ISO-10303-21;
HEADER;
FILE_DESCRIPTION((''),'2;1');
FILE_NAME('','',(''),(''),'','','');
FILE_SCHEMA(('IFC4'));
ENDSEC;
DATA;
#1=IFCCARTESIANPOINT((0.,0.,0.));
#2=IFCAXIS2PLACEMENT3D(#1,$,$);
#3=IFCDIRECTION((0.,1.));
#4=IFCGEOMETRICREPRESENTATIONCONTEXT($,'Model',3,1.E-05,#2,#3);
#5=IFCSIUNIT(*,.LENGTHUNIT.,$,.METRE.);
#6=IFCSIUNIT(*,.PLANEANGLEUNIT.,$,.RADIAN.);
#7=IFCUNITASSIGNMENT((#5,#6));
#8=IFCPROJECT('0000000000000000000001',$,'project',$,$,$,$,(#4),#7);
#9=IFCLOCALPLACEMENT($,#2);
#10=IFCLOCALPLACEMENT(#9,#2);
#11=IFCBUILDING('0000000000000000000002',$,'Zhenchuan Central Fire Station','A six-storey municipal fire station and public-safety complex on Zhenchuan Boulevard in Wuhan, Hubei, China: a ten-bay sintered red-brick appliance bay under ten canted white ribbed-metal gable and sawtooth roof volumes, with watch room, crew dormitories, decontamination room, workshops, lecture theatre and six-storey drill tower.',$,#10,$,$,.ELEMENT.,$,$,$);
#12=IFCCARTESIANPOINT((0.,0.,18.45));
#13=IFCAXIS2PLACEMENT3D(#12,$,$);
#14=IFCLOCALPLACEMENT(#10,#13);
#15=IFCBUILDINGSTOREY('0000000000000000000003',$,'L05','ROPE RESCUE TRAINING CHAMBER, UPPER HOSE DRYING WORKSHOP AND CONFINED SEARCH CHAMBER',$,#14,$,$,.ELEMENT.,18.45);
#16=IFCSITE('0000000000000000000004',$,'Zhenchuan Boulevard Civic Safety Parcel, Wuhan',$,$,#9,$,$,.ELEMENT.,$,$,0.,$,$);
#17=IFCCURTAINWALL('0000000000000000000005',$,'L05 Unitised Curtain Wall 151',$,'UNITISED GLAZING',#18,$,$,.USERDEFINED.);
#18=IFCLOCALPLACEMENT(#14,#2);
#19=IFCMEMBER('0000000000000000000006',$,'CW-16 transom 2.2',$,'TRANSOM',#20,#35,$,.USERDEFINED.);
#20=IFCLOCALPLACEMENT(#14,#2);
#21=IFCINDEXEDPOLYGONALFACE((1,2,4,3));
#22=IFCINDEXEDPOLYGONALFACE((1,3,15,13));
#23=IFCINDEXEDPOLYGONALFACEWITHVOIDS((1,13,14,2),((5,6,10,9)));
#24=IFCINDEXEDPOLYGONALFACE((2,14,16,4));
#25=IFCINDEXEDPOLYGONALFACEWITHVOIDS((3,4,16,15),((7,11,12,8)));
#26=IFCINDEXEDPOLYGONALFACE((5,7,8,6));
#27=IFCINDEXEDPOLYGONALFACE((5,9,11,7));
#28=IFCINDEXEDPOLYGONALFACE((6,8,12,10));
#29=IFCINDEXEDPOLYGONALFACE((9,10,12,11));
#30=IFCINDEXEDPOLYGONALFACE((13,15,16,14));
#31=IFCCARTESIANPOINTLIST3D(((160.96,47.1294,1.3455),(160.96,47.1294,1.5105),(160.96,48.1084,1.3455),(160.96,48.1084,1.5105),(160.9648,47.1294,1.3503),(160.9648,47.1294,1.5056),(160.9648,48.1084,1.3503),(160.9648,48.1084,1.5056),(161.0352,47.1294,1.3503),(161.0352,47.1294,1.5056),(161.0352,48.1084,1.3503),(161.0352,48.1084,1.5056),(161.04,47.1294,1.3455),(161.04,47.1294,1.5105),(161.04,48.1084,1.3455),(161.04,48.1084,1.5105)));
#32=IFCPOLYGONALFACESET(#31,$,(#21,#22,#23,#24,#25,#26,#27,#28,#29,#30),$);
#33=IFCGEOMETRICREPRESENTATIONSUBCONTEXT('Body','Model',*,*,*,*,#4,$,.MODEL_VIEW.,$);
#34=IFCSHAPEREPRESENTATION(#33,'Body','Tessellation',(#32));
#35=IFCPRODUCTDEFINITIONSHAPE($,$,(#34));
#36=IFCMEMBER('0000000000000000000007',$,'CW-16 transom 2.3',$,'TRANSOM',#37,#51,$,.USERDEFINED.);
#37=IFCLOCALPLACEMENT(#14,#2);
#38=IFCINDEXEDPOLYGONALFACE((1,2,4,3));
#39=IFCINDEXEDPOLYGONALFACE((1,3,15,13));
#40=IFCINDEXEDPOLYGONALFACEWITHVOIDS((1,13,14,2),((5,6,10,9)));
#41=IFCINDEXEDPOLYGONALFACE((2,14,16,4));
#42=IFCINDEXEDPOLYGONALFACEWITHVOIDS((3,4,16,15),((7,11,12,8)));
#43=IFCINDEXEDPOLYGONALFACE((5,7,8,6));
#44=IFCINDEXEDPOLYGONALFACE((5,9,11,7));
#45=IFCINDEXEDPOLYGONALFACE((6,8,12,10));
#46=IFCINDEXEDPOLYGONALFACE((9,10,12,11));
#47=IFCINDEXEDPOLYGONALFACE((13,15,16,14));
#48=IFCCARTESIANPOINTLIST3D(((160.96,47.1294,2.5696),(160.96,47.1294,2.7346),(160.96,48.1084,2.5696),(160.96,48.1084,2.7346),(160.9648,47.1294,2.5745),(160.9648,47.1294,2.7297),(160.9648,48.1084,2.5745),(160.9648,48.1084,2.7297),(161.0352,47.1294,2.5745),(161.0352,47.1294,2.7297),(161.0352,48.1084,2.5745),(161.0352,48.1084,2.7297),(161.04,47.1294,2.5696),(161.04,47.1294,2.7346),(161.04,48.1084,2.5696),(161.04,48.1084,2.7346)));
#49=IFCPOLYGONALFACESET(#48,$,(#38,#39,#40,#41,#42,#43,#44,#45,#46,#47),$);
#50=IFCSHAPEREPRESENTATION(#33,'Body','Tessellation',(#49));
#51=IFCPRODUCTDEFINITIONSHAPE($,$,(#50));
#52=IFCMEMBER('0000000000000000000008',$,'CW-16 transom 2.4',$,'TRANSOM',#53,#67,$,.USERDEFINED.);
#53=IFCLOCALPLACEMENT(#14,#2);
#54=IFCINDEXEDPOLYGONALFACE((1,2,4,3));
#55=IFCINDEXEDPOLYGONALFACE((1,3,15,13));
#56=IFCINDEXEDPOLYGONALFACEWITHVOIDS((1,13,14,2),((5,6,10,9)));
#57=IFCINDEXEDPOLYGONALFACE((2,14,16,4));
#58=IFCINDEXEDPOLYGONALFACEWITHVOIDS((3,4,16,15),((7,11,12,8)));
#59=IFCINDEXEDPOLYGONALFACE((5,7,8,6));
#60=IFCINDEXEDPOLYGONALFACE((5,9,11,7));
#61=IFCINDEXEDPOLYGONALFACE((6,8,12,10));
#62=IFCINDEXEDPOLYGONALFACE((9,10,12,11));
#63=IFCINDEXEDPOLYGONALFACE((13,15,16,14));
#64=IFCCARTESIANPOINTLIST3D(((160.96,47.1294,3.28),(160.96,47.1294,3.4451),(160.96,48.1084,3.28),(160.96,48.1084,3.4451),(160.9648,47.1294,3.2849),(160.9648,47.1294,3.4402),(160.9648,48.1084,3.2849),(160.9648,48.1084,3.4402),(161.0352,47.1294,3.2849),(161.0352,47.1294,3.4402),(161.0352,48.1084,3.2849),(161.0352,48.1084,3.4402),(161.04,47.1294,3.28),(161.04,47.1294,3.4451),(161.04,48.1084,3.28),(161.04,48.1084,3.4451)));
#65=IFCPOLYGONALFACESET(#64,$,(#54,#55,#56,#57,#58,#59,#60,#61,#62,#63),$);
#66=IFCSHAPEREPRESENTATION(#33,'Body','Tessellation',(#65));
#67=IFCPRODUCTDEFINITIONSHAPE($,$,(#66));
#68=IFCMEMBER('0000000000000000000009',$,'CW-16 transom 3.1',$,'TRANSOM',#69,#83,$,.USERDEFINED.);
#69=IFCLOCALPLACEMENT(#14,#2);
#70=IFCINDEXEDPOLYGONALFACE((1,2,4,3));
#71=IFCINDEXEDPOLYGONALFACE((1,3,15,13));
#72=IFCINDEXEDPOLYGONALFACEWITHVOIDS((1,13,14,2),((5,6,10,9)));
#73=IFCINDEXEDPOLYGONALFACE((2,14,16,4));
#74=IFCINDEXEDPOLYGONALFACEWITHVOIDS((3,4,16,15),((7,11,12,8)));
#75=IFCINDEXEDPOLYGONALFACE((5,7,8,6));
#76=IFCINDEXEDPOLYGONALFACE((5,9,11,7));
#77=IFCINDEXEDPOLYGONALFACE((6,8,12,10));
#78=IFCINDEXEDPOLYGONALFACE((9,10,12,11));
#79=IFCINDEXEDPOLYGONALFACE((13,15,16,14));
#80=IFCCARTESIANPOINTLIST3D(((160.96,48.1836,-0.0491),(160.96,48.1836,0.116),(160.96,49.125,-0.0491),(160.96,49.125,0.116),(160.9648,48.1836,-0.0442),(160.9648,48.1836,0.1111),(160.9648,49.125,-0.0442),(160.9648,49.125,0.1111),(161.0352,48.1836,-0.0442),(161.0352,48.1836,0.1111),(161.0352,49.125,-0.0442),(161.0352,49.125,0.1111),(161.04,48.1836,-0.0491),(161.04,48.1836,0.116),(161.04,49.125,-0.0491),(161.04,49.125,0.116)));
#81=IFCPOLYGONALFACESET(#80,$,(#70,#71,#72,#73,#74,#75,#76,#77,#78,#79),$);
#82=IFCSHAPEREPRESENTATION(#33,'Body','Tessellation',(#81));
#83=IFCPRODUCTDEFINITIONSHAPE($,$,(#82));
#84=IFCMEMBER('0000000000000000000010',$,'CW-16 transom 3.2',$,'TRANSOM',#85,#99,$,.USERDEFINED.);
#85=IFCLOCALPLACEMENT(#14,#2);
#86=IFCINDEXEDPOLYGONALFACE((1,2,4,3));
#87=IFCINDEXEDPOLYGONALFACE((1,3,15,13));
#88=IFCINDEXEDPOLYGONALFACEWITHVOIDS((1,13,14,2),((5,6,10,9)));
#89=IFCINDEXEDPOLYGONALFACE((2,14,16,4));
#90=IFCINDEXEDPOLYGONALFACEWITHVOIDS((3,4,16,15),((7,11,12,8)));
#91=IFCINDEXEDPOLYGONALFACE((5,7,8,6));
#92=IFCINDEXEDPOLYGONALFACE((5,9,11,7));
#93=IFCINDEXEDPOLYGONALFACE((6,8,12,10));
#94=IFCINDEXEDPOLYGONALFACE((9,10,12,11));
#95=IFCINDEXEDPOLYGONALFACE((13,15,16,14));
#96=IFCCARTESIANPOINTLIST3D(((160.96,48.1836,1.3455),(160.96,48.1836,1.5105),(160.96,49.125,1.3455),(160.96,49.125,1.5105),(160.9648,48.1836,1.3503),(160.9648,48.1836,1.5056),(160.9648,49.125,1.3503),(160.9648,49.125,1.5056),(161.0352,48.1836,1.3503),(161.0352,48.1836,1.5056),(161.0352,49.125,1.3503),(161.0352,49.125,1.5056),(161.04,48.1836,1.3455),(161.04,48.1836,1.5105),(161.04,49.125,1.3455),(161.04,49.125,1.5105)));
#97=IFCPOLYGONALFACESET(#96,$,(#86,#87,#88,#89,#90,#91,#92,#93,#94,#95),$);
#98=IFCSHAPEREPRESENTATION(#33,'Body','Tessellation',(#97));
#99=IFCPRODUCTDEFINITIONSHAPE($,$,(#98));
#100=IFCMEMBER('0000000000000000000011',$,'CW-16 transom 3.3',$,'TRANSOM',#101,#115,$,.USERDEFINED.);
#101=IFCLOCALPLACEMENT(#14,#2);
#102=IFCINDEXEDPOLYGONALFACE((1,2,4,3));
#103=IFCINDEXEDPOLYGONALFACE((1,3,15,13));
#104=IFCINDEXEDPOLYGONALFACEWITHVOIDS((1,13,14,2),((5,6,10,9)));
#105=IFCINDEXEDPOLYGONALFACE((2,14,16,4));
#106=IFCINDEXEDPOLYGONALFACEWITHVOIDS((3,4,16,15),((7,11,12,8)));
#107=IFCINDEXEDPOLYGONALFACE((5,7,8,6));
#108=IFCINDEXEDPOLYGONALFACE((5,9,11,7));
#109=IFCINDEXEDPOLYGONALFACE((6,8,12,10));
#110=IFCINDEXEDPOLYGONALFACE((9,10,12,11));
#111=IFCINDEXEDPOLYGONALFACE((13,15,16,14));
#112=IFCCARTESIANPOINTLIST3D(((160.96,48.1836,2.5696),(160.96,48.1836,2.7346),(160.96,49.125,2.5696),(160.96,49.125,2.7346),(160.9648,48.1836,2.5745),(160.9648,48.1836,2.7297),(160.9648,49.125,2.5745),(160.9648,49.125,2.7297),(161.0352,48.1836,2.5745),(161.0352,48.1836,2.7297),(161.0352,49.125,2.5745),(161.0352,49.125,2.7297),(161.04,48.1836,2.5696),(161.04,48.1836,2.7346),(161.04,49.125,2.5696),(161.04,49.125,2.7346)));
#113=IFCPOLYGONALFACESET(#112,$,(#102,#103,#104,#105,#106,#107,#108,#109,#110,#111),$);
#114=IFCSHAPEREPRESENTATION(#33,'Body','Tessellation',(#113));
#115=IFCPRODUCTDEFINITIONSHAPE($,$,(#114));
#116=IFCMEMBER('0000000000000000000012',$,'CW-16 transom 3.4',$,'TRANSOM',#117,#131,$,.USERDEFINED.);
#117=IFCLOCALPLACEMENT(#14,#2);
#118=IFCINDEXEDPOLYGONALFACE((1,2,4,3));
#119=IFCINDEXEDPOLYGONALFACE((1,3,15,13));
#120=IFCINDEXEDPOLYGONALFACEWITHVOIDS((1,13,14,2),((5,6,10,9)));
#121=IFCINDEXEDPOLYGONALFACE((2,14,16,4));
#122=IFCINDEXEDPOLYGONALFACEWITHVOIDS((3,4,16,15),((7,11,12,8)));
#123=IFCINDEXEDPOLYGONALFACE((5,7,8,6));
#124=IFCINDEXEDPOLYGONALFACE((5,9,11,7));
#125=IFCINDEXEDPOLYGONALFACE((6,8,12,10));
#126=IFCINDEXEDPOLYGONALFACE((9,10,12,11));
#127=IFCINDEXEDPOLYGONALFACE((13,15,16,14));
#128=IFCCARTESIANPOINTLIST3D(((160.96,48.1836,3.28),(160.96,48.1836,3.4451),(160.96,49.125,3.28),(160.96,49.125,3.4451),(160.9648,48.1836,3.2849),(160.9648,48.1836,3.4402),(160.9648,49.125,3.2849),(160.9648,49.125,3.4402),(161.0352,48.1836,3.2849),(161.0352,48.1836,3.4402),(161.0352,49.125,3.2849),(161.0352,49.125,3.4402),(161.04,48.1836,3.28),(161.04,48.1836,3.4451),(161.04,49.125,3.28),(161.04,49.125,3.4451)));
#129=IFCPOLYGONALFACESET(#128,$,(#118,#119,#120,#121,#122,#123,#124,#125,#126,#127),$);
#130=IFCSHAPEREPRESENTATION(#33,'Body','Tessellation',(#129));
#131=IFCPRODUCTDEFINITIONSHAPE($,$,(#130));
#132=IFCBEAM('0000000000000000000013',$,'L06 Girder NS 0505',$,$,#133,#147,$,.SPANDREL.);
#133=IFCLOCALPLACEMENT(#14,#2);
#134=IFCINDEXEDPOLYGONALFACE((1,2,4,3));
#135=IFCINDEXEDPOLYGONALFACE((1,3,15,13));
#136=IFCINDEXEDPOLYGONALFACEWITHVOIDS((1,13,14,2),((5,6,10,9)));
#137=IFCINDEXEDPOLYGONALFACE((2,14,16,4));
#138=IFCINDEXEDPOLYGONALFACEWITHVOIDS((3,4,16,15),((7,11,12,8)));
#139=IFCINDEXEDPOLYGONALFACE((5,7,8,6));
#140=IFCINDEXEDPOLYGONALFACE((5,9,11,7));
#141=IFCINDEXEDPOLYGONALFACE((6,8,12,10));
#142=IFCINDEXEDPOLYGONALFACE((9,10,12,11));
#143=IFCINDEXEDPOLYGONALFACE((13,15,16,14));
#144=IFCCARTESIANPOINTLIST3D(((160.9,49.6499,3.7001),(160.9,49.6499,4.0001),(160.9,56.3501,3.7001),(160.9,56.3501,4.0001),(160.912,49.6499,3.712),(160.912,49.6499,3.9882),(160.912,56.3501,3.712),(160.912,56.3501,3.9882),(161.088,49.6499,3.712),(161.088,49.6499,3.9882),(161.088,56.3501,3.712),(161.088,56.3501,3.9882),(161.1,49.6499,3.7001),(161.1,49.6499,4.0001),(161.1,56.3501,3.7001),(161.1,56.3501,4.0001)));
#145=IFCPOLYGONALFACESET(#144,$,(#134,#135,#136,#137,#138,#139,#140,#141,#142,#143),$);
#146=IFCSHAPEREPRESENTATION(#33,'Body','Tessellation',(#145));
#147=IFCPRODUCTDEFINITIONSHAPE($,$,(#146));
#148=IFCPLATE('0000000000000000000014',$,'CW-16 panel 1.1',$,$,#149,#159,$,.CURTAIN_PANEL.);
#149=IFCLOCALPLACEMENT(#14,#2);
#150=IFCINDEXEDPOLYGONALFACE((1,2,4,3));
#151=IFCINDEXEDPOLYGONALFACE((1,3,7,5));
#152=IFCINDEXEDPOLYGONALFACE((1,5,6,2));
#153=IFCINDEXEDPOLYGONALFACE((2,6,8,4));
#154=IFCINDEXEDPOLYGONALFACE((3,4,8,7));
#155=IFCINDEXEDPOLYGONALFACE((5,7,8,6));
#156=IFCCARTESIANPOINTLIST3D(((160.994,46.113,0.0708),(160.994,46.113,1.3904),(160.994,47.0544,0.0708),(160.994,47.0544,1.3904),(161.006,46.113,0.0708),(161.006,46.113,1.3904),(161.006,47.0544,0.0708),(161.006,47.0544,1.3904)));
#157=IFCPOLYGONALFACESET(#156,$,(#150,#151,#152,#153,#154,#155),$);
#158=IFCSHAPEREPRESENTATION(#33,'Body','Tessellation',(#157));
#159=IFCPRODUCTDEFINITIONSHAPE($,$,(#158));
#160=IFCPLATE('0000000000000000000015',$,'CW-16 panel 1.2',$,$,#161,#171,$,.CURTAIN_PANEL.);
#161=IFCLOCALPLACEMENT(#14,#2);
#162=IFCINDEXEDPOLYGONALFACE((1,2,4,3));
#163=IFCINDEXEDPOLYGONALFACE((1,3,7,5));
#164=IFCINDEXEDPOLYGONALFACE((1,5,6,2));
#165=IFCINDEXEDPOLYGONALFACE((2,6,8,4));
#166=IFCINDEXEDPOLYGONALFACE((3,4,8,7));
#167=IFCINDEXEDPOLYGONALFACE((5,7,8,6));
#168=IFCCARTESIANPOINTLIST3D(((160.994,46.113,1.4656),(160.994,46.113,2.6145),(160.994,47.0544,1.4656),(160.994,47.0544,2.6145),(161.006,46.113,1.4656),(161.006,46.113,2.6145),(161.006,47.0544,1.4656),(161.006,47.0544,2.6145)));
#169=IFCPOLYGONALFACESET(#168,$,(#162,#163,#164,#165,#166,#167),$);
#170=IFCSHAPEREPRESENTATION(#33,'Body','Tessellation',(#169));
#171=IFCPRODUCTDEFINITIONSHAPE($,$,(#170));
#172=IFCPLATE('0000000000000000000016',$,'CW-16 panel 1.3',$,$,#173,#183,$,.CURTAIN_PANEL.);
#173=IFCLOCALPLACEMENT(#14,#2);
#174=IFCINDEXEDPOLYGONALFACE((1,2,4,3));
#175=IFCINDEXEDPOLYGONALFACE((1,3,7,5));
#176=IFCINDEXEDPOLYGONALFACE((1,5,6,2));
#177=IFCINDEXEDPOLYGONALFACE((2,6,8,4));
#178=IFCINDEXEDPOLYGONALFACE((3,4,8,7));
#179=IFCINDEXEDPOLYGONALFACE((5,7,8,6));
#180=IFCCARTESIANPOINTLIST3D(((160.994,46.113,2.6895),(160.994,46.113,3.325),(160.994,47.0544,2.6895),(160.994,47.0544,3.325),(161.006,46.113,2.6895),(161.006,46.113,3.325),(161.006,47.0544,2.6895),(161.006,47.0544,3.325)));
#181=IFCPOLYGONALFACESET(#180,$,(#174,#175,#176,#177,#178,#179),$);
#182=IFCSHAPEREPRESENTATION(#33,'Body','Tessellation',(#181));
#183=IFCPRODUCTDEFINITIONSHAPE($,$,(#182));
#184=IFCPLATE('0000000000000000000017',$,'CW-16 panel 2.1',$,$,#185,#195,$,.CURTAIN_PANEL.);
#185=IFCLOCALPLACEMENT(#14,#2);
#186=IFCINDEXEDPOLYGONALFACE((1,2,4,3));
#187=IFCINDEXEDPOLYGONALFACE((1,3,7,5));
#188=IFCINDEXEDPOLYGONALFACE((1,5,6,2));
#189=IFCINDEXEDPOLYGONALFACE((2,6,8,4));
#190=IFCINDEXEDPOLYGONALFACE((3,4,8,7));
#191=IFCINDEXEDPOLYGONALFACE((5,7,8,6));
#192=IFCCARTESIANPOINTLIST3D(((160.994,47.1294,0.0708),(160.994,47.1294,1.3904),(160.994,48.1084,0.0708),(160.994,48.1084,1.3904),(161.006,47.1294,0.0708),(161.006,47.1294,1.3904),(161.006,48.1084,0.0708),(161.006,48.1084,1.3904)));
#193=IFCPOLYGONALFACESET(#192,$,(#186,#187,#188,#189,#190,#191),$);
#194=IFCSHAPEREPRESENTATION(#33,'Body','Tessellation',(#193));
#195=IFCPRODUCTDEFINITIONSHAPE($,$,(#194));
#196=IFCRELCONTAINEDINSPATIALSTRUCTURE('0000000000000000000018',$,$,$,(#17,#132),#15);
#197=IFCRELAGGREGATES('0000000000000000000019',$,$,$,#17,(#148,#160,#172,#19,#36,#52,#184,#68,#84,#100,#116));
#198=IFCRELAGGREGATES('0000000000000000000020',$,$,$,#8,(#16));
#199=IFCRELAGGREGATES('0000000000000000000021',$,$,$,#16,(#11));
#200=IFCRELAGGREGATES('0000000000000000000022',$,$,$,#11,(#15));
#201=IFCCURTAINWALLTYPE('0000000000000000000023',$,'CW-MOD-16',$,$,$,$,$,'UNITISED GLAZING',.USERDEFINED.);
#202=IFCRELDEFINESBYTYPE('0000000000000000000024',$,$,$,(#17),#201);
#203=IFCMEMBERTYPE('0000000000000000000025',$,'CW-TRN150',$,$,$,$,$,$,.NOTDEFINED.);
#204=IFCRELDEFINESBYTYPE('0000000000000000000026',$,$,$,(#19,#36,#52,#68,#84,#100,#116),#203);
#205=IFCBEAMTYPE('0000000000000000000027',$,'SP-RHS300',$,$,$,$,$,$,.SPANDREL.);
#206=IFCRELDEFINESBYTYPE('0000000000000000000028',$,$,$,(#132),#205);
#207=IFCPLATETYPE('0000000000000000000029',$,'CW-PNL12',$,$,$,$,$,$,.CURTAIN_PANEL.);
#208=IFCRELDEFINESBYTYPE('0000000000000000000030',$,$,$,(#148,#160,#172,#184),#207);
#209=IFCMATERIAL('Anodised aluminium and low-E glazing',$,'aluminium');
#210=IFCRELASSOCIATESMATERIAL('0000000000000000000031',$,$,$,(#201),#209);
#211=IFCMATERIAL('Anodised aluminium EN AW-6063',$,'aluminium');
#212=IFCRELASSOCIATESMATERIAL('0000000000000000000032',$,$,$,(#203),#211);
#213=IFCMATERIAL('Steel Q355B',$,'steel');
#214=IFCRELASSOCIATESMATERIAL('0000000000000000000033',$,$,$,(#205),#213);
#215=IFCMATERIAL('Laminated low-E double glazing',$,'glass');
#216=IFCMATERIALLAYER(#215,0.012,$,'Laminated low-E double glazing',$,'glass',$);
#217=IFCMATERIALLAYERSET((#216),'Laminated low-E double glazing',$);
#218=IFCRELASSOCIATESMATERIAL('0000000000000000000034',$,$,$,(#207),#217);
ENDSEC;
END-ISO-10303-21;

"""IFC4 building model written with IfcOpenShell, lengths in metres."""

from ifc_helpers import new_model, si_unit, direction, frame, origin, origin_2d, place, context, subcontext, project, spatial, rectangle, hollow_rectangle, extrude, material, layer, layer_set, material_profile, profile_set, type_object, element, aggregate, save


model = new_model("IFC4")

# Units and contexts
model_context = context("Model", 3, precision=1e-05, world=origin(), true_north=direction((0.0, 1.0)))
body_context = subcontext(model_context, "Body", "Model", "MODEL_VIEW")
ifc_project = project(units=[si_unit("LENGTHUNIT", "METRE"), si_unit("PLANEANGLEUNIT", "RADIAN")], contexts=[model_context])

# Site, building, storey
site_placement = place(None, origin())
site = spatial("IfcSite", under=ifc_project, at=site_placement, Name="Zhenchuan Boulevard Civic Safety Parcel, Wuhan", CompositionType="ELEMENT", RefElevation=0.0)
building_placement = place(site_placement, origin())
building = spatial("IfcBuilding", under=site, at=building_placement, Name="Zhenchuan Central Fire Station", Description="A six-storey municipal fire station and public-safety complex on Zhenchuan Boulevard in Wuhan, Hubei, China: a ten-bay sintered red-brick appliance bay under ten canted white ribbed-metal gable and sawtooth roof volumes, with watch room, crew dormitories, decontamination room, workshops, lecture theatre and six-storey drill tower.", CompositionType="ELEMENT")
storey_placement = place(building_placement, frame((0.0, 0.0, 18.45)))
storey = spatial("IfcBuildingStorey", under=building, at=storey_placement, Name="L05", Description="ROPE RESCUE TRAINING CHAMBER, UPPER HOSE DRYING WORKSHOP AND CONFINED SEARCH CHAMBER", CompositionType="ELEMENT", Elevation=18.45)

# Shared definitions
ifc_material_1 = material(Name="Steel Q355B", Category="steel")

# Curtain wall, members
ifc_material_2 = material(Name="Anodised aluminium and low-E glazing", Category="aluminium")
curtain_wall_type = type_object("IfcCurtainWallType", Name="CW-MOD-16", ElementType="UNITISED GLAZING", PredefinedType="USERDEFINED", material=ifc_material_2)
curtain_wall_placement = place(storey_placement, origin())
curtain_wall = element("IfcCurtainWall", 1, at=curtain_wall_placement, inside=storey, type_object=curtain_wall_type, Name="L05 Unitised Curtain Wall 151", ObjectType="UNITISED GLAZING", PredefinedType="USERDEFINED")
ifc_material_3 = material(Name="Anodised aluminium EN AW-6063", Category="aluminium")
ifc_material_profile_1 = material_profile(ifc_material_3, hollow_rectangle(XDim=0.0801, YDim=0.165, WallThickness=0.0049, at=origin_2d()), Name="ALU-T 165x80")
ifc_profile_set_1 = profile_set([ifc_material_profile_1], Name="Anodised aluminium EN AW-6063")
member_type_1 = type_object("IfcMemberType", Name="CW-TRN150", PredefinedType="NOTDEFINED", material=ifc_profile_set_1)
member_1_placement = place(storey_placement, frame((161.0, 47.1294, 1.428), z_axis=(0.0, 1.0, 0.0), x_axis=(-1.0, 0.0, 0.0)))
member_1 = element("IfcMember", 2, at=member_1_placement, type_object=member_type_1, Name="CW-16 transom 2.2", ObjectType="TRANSOM", PredefinedType="USERDEFINED", context=body_context, shape_type="SweptSolid", body=[
    extrude(hollow_rectangle(XDim=0.0801, YDim=0.165, WallThickness=0.0049, at=origin_2d()), origin(), (0.0, 0.0, 1.0), 0.979),
])
member_2_placement = place(storey_placement, frame((161.0, 47.1294, 2.6521), z_axis=(0.0, 1.0, 0.0), x_axis=(-1.0, 0.0, 0.0)))
member_2 = element("IfcMember", 3, at=member_2_placement, type_object=member_type_1, Name="CW-16 transom 2.3", ObjectType="TRANSOM", PredefinedType="USERDEFINED", context=body_context, shape_type="SweptSolid", body=[
    extrude(hollow_rectangle(XDim=0.0801, YDim=0.165, WallThickness=0.0049, at=origin_2d()), origin(), (0.0, 0.0, 1.0), 0.979),
])
member_3_placement = place(storey_placement, frame((161.0, 47.1294, 3.3625), z_axis=(0.0, 1.0, 0.0), x_axis=(-1.0, 0.0, 0.0)))
member_3 = element("IfcMember", 4, at=member_3_placement, type_object=member_type_1, Name="CW-16 transom 2.4", ObjectType="TRANSOM", PredefinedType="USERDEFINED", context=body_context, shape_type="SweptSolid", body=[
    extrude(hollow_rectangle(XDim=0.0801, YDim=0.165, WallThickness=0.0049, at=origin_2d()), origin(), (0.0, 0.0, 1.0), 0.979),
])
member_4_placement = place(storey_placement, frame((161.0, 48.1836, 0.0334), z_axis=(0.0, 1.0, 0.0), x_axis=(-1.0, 0.0, 0.0)))
member_4 = element("IfcMember", 5, at=member_4_placement, type_object=member_type_1, Name="CW-16 transom 3.1", ObjectType="TRANSOM", PredefinedType="USERDEFINED", context=body_context, shape_type="SweptSolid", body=[
    extrude(hollow_rectangle(XDim=0.0801, YDim=0.165, WallThickness=0.0049, at=origin_2d()), origin(), (0.0, 0.0, 1.0), 0.9414),
])
member_5_placement = place(storey_placement, frame((161.0, 48.1836, 1.428), z_axis=(0.0, 1.0, 0.0), x_axis=(-1.0, 0.0, 0.0)))
member_5 = element("IfcMember", 6, at=member_5_placement, type_object=member_type_1, Name="CW-16 transom 3.2", ObjectType="TRANSOM", PredefinedType="USERDEFINED", context=body_context, shape_type="SweptSolid", body=[
    extrude(hollow_rectangle(XDim=0.0801, YDim=0.165, WallThickness=0.0049, at=origin_2d()), origin(), (0.0, 0.0, 1.0), 0.9414),
])
member_6_placement = place(storey_placement, frame((161.0, 48.1836, 2.6521), z_axis=(0.0, 1.0, 0.0), x_axis=(-1.0, 0.0, 0.0)))
member_6 = element("IfcMember", 7, at=member_6_placement, type_object=member_type_1, Name="CW-16 transom 3.3", ObjectType="TRANSOM", PredefinedType="USERDEFINED", context=body_context, shape_type="SweptSolid", body=[
    extrude(hollow_rectangle(XDim=0.0801, YDim=0.165, WallThickness=0.0049, at=origin_2d()), origin(), (0.0, 0.0, 1.0), 0.9414),
])
member_7_placement = place(storey_placement, frame((161.0, 48.1836, 3.3625), z_axis=(0.0, 1.0, 0.0), x_axis=(-1.0, 0.0, 0.0)))
member_7 = element("IfcMember", 8, at=member_7_placement, type_object=member_type_1, Name="CW-16 transom 3.4", ObjectType="TRANSOM", PredefinedType="USERDEFINED", context=body_context, shape_type="SweptSolid", body=[
    extrude(hollow_rectangle(XDim=0.0801, YDim=0.165, WallThickness=0.0049, at=origin_2d()), origin(), (0.0, 0.0, 1.0), 0.9414),
])

# Beam
ifc_material_profile_2 = material_profile(ifc_material_1, hollow_rectangle(XDim=0.2, YDim=0.3, WallThickness=0.012, at=origin_2d()), Name="RHS 300x200x12")
ifc_profile_set_2 = profile_set([ifc_material_profile_2], Name="Steel Q355B")
beam_type = type_object("IfcBeamType", Name="SP-RHS300", PredefinedType="SPANDREL", material=ifc_profile_set_2)
beam_placement = place(storey_placement, frame((161.0, 49.6499, 3.8501), z_axis=(0.0, 1.0, 0.0), x_axis=(-1.0, 0.0, 0.0)))
element("IfcBeam", 9, at=beam_placement, inside=storey, type_object=beam_type, Name="L06 Girder NS 0505", PredefinedType="SPANDREL", context=body_context, shape_type="SweptSolid", body=[
    extrude(hollow_rectangle(XDim=0.2, YDim=0.3, WallThickness=0.012, at=origin_2d()), origin(), (0.0, 0.0, 1.0), 6.7002),
])

# Plates
ifc_material_4 = material(Name="Laminated low-E double glazing", Category="glass")
ifc_layer_1 = layer(ifc_material_4, 0.012, Name="Laminated low-E double glazing", Category="glass")
ifc_layer_set_1 = layer_set([ifc_layer_1], Name="Laminated low-E double glazing")
plate_type_1 = type_object("IfcPlateType", Name="CW-PNL12", PredefinedType="CURTAIN_PANEL", material=ifc_layer_set_1)
plate_1_placement = place(storey_placement, frame((161.0, 46.5837, 0.0708), z_axis=(0.0, 0.0, 1.0), x_axis=(0.0, 1.0, 0.0)))
plate_1 = element("IfcPlate", 10, at=plate_1_placement, type_object=plate_type_1, Name="CW-16 panel 1.1", PredefinedType="CURTAIN_PANEL", context=body_context, shape_type="SweptSolid", body=[
    extrude(rectangle(XDim=0.9414, YDim=0.012, at=origin_2d()), origin(), (0.0, 0.0, 1.0), 1.3196),
])
plate_2_placement = place(storey_placement, frame((161.0, 46.5837, 1.4656), z_axis=(0.0, 0.0, 1.0), x_axis=(0.0, 1.0, 0.0)))
plate_2 = element("IfcPlate", 11, at=plate_2_placement, type_object=plate_type_1, Name="CW-16 panel 1.2", PredefinedType="CURTAIN_PANEL", context=body_context, shape_type="SweptSolid", body=[
    extrude(rectangle(XDim=0.9414, YDim=0.012, at=origin_2d()), origin(), (0.0, 0.0, 1.0), 1.1489),
])
plate_3_placement = place(storey_placement, frame((161.0, 46.5837, 2.6895), z_axis=(0.0, 0.0, 1.0), x_axis=(0.0, 1.0, 0.0)))
plate_3 = element("IfcPlate", 12, at=plate_3_placement, type_object=plate_type_1, Name="CW-16 panel 1.3", PredefinedType="CURTAIN_PANEL", context=body_context, shape_type="SweptSolid", body=[
    extrude(rectangle(XDim=0.9414, YDim=0.012, at=origin_2d()), origin(), (0.0, 0.0, 1.0), 0.6355),
])
plate_4_placement = place(storey_placement, frame((161.0, 47.6189, 0.0708), z_axis=(0.0, 0.0, 1.0), x_axis=(0.0, 1.0, 0.0)))
plate_4 = element("IfcPlate", 13, at=plate_4_placement, type_object=plate_type_1, Name="CW-16 panel 2.1", PredefinedType="CURTAIN_PANEL", context=body_context, shape_type="SweptSolid", body=[
    extrude(rectangle(XDim=0.979, YDim=0.012, at=origin_2d()), origin(), (0.0, 0.0, 1.0), 1.3196),
])
aggregate(curtain_wall, [plate_1, plate_2, plate_3, member_1, member_2, member_3, plate_4, member_4, member_5, member_6, member_7])

save(model, "model.ifc")
